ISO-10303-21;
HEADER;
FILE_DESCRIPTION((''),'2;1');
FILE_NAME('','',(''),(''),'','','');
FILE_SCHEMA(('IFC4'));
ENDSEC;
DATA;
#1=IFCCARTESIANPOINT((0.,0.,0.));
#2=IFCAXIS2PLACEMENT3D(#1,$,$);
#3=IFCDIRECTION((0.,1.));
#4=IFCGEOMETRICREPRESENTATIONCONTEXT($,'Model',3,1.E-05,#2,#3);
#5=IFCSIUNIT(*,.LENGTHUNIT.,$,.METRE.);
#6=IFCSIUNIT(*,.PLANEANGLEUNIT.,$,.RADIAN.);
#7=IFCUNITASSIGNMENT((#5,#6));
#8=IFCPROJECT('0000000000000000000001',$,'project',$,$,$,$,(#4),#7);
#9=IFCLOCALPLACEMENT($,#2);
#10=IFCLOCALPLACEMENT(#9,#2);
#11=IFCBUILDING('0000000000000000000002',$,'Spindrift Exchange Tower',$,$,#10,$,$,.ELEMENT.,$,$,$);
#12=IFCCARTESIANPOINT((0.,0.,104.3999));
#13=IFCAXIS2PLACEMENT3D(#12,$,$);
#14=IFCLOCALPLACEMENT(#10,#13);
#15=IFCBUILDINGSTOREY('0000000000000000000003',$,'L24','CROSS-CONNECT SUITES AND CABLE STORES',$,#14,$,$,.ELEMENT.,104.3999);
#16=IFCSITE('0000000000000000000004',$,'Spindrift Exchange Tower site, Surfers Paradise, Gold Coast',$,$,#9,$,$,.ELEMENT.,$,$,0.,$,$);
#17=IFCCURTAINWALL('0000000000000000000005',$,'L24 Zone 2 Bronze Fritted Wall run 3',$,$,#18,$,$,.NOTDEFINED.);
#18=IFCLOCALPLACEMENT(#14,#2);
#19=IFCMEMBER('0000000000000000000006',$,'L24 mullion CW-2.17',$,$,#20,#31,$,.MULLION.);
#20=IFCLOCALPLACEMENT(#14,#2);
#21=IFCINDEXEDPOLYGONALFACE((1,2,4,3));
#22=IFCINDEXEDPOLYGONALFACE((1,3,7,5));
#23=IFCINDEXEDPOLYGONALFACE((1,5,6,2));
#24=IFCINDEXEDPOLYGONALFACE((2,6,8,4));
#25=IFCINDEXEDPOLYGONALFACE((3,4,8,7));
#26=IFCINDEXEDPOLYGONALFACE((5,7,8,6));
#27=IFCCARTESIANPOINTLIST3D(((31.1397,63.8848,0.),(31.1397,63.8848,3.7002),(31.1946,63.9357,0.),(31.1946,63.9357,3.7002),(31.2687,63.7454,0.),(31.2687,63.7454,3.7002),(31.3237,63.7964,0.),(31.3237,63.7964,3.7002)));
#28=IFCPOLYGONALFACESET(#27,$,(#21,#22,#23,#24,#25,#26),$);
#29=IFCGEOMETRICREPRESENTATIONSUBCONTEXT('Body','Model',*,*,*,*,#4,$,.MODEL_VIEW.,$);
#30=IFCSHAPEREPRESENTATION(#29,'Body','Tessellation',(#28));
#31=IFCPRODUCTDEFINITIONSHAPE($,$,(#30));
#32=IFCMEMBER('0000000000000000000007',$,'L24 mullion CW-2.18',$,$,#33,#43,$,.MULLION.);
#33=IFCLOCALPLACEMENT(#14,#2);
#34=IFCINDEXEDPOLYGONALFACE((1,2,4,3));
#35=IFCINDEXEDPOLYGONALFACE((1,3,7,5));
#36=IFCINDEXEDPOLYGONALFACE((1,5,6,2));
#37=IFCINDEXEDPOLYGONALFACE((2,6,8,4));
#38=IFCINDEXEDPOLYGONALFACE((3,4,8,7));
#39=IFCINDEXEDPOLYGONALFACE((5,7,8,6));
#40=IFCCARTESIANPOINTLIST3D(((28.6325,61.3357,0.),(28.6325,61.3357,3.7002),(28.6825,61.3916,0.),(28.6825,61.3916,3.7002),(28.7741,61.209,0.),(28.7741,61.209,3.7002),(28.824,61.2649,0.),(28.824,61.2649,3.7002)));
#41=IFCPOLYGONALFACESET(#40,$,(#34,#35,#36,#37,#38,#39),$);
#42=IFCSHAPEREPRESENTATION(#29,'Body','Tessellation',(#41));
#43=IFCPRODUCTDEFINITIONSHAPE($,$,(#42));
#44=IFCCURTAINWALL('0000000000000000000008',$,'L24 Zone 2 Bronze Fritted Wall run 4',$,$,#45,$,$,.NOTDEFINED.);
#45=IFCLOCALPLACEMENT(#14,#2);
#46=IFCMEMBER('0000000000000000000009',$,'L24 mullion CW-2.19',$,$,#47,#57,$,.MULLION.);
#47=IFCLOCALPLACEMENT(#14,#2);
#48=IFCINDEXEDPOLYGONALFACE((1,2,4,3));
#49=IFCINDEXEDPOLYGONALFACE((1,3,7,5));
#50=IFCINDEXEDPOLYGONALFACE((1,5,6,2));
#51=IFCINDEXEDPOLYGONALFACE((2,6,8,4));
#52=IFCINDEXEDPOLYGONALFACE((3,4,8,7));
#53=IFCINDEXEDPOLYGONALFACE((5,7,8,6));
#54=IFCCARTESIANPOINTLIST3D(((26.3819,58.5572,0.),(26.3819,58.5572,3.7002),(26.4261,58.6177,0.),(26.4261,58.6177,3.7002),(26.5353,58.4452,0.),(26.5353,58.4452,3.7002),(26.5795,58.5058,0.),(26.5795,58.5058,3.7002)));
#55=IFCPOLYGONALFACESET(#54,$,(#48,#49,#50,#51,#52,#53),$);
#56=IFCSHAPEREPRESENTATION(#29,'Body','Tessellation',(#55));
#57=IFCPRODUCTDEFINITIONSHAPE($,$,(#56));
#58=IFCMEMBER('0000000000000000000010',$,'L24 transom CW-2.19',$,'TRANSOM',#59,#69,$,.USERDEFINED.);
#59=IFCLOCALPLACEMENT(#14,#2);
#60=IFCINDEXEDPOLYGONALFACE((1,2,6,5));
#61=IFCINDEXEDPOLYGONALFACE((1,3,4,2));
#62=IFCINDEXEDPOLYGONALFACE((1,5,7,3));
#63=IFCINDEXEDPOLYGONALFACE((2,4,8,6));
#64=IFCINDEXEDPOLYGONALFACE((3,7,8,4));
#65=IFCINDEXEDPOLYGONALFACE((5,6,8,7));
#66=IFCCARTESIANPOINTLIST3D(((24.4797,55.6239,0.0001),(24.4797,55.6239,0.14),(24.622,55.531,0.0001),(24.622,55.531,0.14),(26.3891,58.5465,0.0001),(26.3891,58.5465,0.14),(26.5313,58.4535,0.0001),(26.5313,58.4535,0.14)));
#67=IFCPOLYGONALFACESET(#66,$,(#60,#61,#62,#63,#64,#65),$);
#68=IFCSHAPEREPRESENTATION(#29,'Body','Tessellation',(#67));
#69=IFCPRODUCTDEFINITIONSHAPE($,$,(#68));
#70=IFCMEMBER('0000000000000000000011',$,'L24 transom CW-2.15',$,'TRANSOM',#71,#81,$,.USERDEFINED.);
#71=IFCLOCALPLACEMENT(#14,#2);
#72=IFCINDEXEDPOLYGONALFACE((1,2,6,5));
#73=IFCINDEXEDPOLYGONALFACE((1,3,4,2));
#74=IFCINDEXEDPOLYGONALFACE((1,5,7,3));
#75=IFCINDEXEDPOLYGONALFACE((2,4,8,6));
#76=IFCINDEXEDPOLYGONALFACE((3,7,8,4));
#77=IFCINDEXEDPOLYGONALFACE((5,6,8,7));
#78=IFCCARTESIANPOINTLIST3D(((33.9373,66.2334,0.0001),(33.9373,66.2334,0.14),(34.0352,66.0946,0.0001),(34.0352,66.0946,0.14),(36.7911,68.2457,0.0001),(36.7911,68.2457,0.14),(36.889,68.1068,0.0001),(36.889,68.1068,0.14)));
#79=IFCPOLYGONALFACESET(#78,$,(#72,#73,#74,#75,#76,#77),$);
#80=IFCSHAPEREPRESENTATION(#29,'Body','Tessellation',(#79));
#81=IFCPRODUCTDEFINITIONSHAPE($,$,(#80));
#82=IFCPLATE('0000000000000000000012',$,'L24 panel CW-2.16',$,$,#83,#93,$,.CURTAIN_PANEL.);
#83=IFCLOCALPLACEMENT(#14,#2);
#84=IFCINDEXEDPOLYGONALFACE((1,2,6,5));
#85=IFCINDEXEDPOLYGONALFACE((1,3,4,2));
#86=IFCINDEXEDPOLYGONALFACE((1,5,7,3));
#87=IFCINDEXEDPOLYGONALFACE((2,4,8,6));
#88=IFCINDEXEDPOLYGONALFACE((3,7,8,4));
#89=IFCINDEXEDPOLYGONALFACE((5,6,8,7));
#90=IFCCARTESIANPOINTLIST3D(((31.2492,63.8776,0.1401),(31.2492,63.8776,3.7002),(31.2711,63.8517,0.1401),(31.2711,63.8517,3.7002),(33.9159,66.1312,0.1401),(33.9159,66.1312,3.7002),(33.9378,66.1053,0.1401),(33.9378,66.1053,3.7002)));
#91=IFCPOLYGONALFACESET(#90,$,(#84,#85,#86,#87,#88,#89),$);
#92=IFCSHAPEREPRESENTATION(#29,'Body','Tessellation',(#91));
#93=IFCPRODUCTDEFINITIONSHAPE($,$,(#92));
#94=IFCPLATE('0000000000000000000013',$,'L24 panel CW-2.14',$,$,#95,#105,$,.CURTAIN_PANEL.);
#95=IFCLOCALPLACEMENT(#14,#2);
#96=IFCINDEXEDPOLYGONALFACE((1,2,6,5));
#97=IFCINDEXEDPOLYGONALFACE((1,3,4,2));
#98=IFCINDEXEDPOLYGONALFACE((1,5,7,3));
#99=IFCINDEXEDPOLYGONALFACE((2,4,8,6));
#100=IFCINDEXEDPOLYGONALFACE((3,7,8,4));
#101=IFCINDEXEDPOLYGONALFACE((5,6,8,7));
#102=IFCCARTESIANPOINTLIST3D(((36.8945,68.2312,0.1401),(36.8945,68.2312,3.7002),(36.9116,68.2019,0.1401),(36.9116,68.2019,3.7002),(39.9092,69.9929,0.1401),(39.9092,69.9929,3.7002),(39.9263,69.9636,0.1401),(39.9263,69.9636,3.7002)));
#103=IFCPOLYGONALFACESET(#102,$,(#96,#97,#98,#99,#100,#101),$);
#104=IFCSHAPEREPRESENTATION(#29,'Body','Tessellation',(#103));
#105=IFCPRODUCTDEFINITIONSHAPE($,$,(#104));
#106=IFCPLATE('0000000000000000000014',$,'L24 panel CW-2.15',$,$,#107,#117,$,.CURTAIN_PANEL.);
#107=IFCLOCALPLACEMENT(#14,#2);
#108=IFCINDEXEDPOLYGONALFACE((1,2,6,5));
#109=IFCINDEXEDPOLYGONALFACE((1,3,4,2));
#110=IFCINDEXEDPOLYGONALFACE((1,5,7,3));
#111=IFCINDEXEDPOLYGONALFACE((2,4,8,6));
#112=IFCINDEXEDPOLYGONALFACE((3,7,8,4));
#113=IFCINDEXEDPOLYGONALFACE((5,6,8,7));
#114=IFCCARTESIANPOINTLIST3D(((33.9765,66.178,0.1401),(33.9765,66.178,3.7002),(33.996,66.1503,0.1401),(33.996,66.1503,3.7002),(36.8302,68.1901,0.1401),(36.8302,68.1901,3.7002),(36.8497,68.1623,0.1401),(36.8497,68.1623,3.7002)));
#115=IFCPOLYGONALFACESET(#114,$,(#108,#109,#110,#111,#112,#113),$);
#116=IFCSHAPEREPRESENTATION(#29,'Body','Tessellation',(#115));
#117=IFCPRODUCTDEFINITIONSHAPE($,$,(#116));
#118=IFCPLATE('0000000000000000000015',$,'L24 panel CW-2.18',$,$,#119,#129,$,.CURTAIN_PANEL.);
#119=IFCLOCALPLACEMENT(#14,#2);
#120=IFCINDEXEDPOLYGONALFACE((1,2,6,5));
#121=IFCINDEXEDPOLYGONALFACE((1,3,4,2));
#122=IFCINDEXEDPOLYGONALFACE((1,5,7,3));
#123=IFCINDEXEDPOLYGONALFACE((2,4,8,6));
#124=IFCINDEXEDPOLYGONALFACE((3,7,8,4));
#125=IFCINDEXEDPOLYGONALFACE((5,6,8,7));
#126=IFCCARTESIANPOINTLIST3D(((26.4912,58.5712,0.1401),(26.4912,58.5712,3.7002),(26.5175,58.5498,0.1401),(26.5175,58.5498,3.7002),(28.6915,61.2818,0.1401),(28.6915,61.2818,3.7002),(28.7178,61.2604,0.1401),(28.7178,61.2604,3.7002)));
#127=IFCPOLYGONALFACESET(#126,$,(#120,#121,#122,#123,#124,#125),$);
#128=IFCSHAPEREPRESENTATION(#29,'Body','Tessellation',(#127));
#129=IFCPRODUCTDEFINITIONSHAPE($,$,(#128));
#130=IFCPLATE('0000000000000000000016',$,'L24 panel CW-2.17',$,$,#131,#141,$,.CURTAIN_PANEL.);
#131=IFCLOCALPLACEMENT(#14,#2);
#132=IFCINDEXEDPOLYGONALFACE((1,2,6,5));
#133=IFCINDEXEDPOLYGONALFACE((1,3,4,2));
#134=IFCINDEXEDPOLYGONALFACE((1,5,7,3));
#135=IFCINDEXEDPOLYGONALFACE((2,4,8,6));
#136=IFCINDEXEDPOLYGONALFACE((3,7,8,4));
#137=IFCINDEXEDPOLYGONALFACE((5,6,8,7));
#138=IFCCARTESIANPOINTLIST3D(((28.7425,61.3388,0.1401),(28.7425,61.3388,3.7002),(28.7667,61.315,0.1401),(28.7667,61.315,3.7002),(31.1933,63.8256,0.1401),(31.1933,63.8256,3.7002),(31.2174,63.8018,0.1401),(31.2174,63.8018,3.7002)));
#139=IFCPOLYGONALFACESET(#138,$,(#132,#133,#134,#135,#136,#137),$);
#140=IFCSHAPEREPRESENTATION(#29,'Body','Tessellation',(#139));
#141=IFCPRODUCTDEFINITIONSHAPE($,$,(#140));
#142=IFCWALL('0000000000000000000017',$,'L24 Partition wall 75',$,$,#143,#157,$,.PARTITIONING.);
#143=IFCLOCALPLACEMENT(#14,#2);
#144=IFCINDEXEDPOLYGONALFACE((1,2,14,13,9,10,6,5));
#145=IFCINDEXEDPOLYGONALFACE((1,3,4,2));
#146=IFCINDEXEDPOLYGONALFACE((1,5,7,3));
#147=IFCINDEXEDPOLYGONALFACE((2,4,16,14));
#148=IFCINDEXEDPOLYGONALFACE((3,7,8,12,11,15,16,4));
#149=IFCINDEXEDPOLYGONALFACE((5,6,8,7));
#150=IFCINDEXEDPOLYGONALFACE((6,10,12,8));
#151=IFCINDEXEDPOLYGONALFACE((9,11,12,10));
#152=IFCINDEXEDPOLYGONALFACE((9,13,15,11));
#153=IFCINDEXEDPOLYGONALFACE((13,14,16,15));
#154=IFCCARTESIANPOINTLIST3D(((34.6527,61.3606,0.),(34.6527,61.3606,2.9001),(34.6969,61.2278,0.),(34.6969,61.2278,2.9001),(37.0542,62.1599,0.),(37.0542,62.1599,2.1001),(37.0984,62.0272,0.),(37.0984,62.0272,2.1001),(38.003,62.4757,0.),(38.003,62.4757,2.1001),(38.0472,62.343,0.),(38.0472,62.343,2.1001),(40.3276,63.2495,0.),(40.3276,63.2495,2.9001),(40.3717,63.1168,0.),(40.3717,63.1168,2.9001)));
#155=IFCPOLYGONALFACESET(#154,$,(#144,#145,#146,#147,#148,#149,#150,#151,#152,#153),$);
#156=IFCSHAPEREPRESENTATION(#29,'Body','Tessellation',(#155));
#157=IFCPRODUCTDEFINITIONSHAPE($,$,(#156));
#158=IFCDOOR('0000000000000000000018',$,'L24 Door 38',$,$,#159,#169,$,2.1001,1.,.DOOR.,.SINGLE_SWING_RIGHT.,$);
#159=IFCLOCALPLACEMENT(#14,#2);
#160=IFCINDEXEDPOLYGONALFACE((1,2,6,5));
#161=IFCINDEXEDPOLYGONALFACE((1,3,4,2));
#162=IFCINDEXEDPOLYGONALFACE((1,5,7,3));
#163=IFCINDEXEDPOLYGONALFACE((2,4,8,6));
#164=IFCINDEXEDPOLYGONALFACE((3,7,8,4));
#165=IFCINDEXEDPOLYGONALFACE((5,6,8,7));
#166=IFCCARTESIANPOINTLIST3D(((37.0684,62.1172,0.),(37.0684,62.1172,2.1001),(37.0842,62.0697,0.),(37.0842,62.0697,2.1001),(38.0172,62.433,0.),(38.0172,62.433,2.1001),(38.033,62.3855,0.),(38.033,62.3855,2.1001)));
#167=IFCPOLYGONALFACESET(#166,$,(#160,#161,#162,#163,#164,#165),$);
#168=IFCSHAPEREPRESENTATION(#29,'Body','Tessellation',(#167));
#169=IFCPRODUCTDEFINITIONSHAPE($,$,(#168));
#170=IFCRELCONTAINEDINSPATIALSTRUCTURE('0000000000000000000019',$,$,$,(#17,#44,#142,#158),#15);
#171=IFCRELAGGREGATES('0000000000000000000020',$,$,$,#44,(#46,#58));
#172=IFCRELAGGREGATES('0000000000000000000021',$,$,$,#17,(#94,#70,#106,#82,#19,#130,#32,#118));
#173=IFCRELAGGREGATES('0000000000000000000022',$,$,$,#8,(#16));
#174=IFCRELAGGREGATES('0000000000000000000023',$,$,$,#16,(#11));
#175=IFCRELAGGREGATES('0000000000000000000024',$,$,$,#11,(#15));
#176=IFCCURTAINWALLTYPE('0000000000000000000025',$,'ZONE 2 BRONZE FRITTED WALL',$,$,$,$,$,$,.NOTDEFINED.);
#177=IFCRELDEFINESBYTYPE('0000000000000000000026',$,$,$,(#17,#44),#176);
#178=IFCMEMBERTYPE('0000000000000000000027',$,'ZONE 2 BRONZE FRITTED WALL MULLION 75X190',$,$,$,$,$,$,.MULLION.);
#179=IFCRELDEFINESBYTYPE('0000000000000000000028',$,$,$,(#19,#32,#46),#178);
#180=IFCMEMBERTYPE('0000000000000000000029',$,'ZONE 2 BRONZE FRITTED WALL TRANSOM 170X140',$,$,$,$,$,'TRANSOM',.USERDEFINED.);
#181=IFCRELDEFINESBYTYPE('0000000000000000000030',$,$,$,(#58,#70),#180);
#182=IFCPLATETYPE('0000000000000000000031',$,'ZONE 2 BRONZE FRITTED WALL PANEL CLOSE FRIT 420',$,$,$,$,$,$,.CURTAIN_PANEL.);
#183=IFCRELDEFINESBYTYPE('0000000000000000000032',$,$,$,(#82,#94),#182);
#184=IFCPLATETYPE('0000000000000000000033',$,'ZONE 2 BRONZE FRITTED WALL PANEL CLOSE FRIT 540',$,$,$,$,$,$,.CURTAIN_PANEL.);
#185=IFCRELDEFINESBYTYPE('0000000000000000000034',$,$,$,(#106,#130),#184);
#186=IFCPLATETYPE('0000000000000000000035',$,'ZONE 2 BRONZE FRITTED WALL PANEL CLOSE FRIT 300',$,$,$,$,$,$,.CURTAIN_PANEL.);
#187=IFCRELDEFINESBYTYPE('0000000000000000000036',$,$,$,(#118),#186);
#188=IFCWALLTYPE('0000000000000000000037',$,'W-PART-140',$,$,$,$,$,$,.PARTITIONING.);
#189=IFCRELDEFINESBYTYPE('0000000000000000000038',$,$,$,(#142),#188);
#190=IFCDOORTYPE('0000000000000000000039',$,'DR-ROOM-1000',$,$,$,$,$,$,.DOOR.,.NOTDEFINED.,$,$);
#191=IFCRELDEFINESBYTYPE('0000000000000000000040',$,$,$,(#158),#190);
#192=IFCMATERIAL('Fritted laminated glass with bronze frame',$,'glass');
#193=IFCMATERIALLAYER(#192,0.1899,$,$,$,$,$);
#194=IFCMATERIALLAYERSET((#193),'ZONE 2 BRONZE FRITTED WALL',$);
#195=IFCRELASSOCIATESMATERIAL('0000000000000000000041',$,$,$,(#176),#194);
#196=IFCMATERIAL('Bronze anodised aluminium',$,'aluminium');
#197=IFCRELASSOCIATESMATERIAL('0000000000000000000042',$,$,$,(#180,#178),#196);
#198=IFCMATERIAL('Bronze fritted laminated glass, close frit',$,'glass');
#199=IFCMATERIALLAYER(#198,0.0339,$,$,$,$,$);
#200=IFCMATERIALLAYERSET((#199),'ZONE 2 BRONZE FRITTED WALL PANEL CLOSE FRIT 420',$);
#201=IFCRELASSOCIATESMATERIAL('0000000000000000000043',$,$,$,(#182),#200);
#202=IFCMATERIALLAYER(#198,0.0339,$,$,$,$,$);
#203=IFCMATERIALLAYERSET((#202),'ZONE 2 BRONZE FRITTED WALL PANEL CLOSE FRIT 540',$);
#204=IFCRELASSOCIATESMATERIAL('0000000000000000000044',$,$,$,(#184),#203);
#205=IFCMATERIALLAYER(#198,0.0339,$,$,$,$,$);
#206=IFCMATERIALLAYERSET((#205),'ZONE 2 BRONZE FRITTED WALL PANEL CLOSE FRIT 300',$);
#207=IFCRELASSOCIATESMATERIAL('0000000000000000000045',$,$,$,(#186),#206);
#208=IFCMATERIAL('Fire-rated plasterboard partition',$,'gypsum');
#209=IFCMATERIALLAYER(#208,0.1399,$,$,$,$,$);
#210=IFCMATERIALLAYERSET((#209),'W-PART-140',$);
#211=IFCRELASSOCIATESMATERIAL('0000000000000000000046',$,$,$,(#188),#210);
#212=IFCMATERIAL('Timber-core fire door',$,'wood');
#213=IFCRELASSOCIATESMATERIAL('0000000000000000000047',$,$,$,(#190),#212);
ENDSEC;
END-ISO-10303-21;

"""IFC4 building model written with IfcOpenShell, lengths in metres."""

from ifc_helpers import new_model, si_unit, direction, frame, frame_2d, origin, origin_2d, place, context, subcontext, project, spatial, rectangle, extrude, source, transform, mapped, material, layer, layer_set, material_profile, profile_set, type_object, element, fill, aggregate, save


model = new_model("IFC4")

# Units and contexts
model_context = context("Model", 3, precision=1e-05, world=origin(), true_north=direction((0.0, 1.0)))
body_context = subcontext(model_context, "Body", "Model", "MODEL_VIEW")
ifc_project = project(units=[si_unit("LENGTHUNIT", "METRE"), si_unit("PLANEANGLEUNIT", "RADIAN")], contexts=[model_context])

# Site, building, storey
site_placement = place(None, origin())
site = spatial("IfcSite", under=ifc_project, at=site_placement, Name="Spindrift Exchange Tower site, Surfers Paradise, Gold Coast", CompositionType="ELEMENT", RefElevation=0.0)
building_placement = place(site_placement, origin())
building = spatial("IfcBuilding", under=site, at=building_placement, Name="Spindrift Exchange Tower", CompositionType="ELEMENT")
storey_placement = place(building_placement, frame((0.0, 0.0, 104.3999)))
storey = spatial("IfcBuildingStorey", under=building, at=storey_placement, Name="L24", Description="CROSS-CONNECT SUITES AND CABLE STORES", CompositionType="ELEMENT", Elevation=104.3999)

# Curtain walls, members
ifc_material_1 = material(Name="Fritted laminated glass with bronze frame", Category="glass")
ifc_layer_1 = layer(ifc_material_1, 0.1899)
ifc_layer_set_1 = layer_set([ifc_layer_1], Name="ZONE 2 BRONZE FRITTED WALL")
curtain_wall_type = type_object("IfcCurtainWallType", Name="ZONE 2 BRONZE FRITTED WALL", PredefinedType="NOTDEFINED", material=ifc_layer_set_1)
curtain_wall_1_placement = place(storey_placement, origin())
curtain_wall_1 = element("IfcCurtainWall", 1, at=curtain_wall_1_placement, inside=storey, type_object=curtain_wall_type, Name="L24 Zone 2 Bronze Fritted Wall run 3", PredefinedType="NOTDEFINED")
ifc_material_2 = material(Name="Bronze anodised aluminium", Category="aluminium")
ifc_material_profile_1 = material_profile(ifc_material_2, rectangle(XDim=0.1699, YDim=0.1399, at=origin_2d()), Name="ZONE 2 BRONZE FRITTED WALL TRANSOM 170X140")
ifc_profile_set_1 = profile_set([ifc_material_profile_1], Name="Bronze anodised aluminium")
member_type_1 = type_object("IfcMemberType", Name="ZONE 2 BRONZE FRITTED WALL TRANSOM 170X140", ElementType="TRANSOM", PredefinedType="USERDEFINED", material=ifc_profile_set_1)
ifc_material_profile_2 = material_profile(ifc_material_2, rectangle(XDim=0.075, YDim=0.1899, at=origin_2d()), Name="ZONE 2 BRONZE FRITTED WALL MULLION 75X190")
ifc_profile_set_2 = profile_set([ifc_material_profile_2], Name="Bronze anodised aluminium")
member_type_2 = type_object("IfcMemberType", Name="ZONE 2 BRONZE FRITTED WALL MULLION 75X190", PredefinedType="MULLION", material=ifc_profile_set_2)
shared_shape_1 = source(origin(), body_context, "Body", "SweptSolid", [
    extrude(rectangle(XDim=0.075, YDim=0.1899, at=origin_2d()), origin(), (0.0, 0.0, 1.0), 3.7002),
])
member_1_placement = place(storey_placement, frame((31.2317, 63.8406, 0.0), z_axis=(0.0, 0.0, 1.0), x_axis=(-0.733626, -0.679553, 0.0)))
member_1 = element("IfcMember", 2, at=member_1_placement, type_object=member_type_2, Name="L24 mullion CW-2.17", PredefinedType="MULLION", context=body_context, shape_type="MappedRepresentation", body=[
    mapped(shared_shape_1, transform((0.0, 0.0, 0.0), scale=1.0)),
])
member_2_placement = place(storey_placement, frame((28.7283, 61.3003, 0.0), z_axis=(0.0, 0.0, 1.0), x_axis=(-0.666853, -0.74519, 0.0)))
member_2 = element("IfcMember", 3, at=member_2_placement, type_object=member_type_2, Name="L24 mullion CW-2.18", PredefinedType="MULLION", context=body_context, shape_type="MappedRepresentation", body=[
    mapped(shared_shape_1, transform((0.0, 0.0, 0.0), scale=1.0)),
])
curtain_wall_2_placement = place(storey_placement, origin())
curtain_wall_2 = element("IfcCurtainWall", 4, at=curtain_wall_2_placement, inside=storey, type_object=curtain_wall_type, Name="L24 Zone 2 Bronze Fritted Wall run 4", PredefinedType="NOTDEFINED")
member_3_placement = place(storey_placement, frame((26.4807, 58.5315, 0.0), z_axis=(0.0, 0.0, 1.0), x_axis=(-0.589368, -0.807864, 0.0)))
member_3 = element("IfcMember", 5, at=member_3_placement, type_object=member_type_2, Name="L24 mullion CW-2.19", PredefinedType="MULLION", context=body_context, shape_type="MappedRepresentation", body=[
    mapped(shared_shape_1, transform((0.0, 0.0, 0.0), scale=1.0)),
])
shared_shape_2 = source(origin(), body_context, "Body", "SweptSolid", [
    extrude(rectangle(XDim=0.1699, YDim=0.1399, at=origin_2d()), origin(), (0.0, 0.0, 1.0), 3.491),
])
member_4_placement = place(storey_placement, frame((26.4602, 58.5, 0.0701), z_axis=(-0.546946, -0.837168, 0.0), x_axis=(0.837168, -0.546946, 0.0)))
member_4 = element("IfcMember", 6, at=member_4_placement, type_object=member_type_1, Name="L24 transom CW-2.19", ObjectType="TRANSOM", PredefinedType="USERDEFINED", context=body_context, shape_type="MappedRepresentation", body=[
    mapped(shared_shape_2, transform((0.0, 0.0, 0.0), scale=1.0)),
])
aggregate(curtain_wall_2, [member_3, member_4])

# Member
shared_shape_3 = source(origin(), body_context, "Body", "SweptSolid", [
    extrude(rectangle(XDim=0.1699, YDim=0.1399, at=origin_2d()), origin(), (0.0, 0.0, 1.0), 3.4919),
])
member_5_placement = place(storey_placement, frame((36.8401, 68.1763, 0.0701), z_axis=(-0.817266, -0.57626, 0.0), x_axis=(0.57626, -0.817266, 0.0)))
member_5 = element("IfcMember", 7, at=member_5_placement, type_object=member_type_1, Name="L24 transom CW-2.15", ObjectType="TRANSOM", PredefinedType="USERDEFINED", context=body_context, shape_type="MappedRepresentation", body=[
    mapped(shared_shape_3, transform((0.0, 0.0, 0.0), scale=1.0)),
])

# Plates
ifc_material_3 = material(Name="Bronze fritted laminated glass, close frit", Category="glass")
ifc_layer_2 = layer(ifc_material_3, 0.0339)
ifc_layer_set_2 = layer_set([ifc_layer_2], Name="ZONE 2 BRONZE FRITTED WALL PANEL CLOSE FRIT 420")
plate_type_1 = type_object("IfcPlateType", Name="ZONE 2 BRONZE FRITTED WALL PANEL CLOSE FRIT 420", PredefinedType="CURTAIN_PANEL", material=ifc_layer_set_2)
shared_shape_4 = source(origin(), body_context, "Body", "SweptSolid", [
    extrude(rectangle(XDim=3.4915, YDim=0.0339, at=origin_2d()), origin(), (0.0, 0.0, 1.0), 3.5601),
])
plate_1_placement = place(storey_placement, frame((32.5935, 64.9915, 0.1401), z_axis=(0.0, 0.0, 1.0), x_axis=(-0.763802, -0.645451, 0.0)))
plate_1 = element("IfcPlate", 8, at=plate_1_placement, type_object=plate_type_1, Name="L24 panel CW-2.16", PredefinedType="CURTAIN_PANEL", context=body_context, shape_type="MappedRepresentation", body=[
    mapped(shared_shape_4, transform((0.0, 0.0, 0.0), scale=1.0)),
])
shared_shape_5 = source(origin(), body_context, "Body", "SweptSolid", [
    extrude(rectangle(XDim=3.4917, YDim=0.0339, at=origin_2d()), origin(), (0.0, 0.0, 1.0), 3.5601),
])
plate_2_placement = place(storey_placement, frame((38.4104, 69.0974, 0.1401), z_axis=(0.0, 0.0, 1.0), x_axis=(-0.86339, -0.504537, 0.0)))
plate_2 = element("IfcPlate", 9, at=plate_2_placement, type_object=plate_type_1, Name="L24 panel CW-2.14", PredefinedType="CURTAIN_PANEL", context=body_context, shape_type="MappedRepresentation", body=[
    mapped(shared_shape_5, transform((0.0, 0.0, 0.0), scale=1.0)),
])
ifc_layer_3 = layer(ifc_material_3, 0.0339)
ifc_layer_set_3 = layer_set([ifc_layer_3], Name="ZONE 2 BRONZE FRITTED WALL PANEL CLOSE FRIT 540")
plate_type_2 = type_object("IfcPlateType", Name="ZONE 2 BRONZE FRITTED WALL PANEL CLOSE FRIT 540", PredefinedType="CURTAIN_PANEL", material=ifc_layer_set_3)
shared_shape_6 = source(origin(), body_context, "Body", "SweptSolid", [
    extrude(rectangle(XDim=3.4917, YDim=0.0339, at=origin_2d()), origin(), (0.0, 0.0, 1.0), 3.5601),
])
plate_3_placement = place(storey_placement, frame((35.4131, 67.1702, 0.1401), z_axis=(0.0, 0.0, 1.0), x_axis=(-0.817278, -0.576244, 0.0)))
plate_3 = element("IfcPlate", 10, at=plate_3_placement, type_object=plate_type_2, Name="L24 panel CW-2.15", PredefinedType="CURTAIN_PANEL", context=body_context, shape_type="MappedRepresentation", body=[
    mapped(shared_shape_6, transform((0.0, 0.0, 0.0), scale=1.0)),
])
ifc_layer_4 = layer(ifc_material_3, 0.0339)
ifc_layer_set_4 = layer_set([ifc_layer_4], Name="ZONE 2 BRONZE FRITTED WALL PANEL CLOSE FRIT 300")
plate_type_3 = type_object("IfcPlateType", Name="ZONE 2 BRONZE FRITTED WALL PANEL CLOSE FRIT 300", PredefinedType="CURTAIN_PANEL", material=ifc_layer_set_4)
shared_shape_7 = source(origin(), body_context, "Body", "SweptSolid", [
    extrude(rectangle(XDim=3.4912, YDim=0.0339, at=origin_2d()), origin(), (0.0, 0.0, 1.0), 3.5601),
])
plate_4_placement = place(storey_placement, frame((27.6045, 59.9158, 0.1401), z_axis=(0.0, 0.0, 1.0), x_axis=(-0.630233, -0.776406, 0.0)))
plate_4 = element("IfcPlate", 11, at=plate_4_placement, type_object=plate_type_3, Name="L24 panel CW-2.18", PredefinedType="CURTAIN_PANEL", context=body_context, shape_type="MappedRepresentation", body=[
    mapped(shared_shape_7, transform((0.0, 0.0, 0.0), scale=1.0)),
])
shared_shape_8 = source(origin(), body_context, "Body", "SweptSolid", [
    extrude(rectangle(XDim=3.4915, YDim=0.0339, at=origin_2d()), origin(), (0.0, 0.0, 1.0), 3.5601),
])
plate_5_placement = place(storey_placement, frame((29.98, 62.5703, 0.1401), z_axis=(0.0, 0.0, 1.0), x_axis=(-0.701929, -0.712247, 0.0)))
plate_5 = element("IfcPlate", 12, at=plate_5_placement, type_object=plate_type_2, Name="L24 panel CW-2.17", PredefinedType="CURTAIN_PANEL", context=body_context, shape_type="MappedRepresentation", body=[
    mapped(shared_shape_8, transform((0.0, 0.0, 0.0), scale=1.0)),
])
aggregate(curtain_wall_1, [plate_2, member_5, plate_3, plate_1, member_1, plate_5, member_2, plate_4])

# Wall, opening, door
ifc_material_4 = material(Name="Fire-rated plasterboard partition", Category="gypsum")
ifc_layer_5 = layer(ifc_material_4, 0.1399)
ifc_layer_set_5 = layer_set([ifc_layer_5], Name="W-PART-140")
wall_type_1 = type_object("IfcWallType", Name="W-PART-140", PredefinedType="PARTITIONING", material=ifc_layer_set_5)
wall_1_placement = place(storey_placement, frame((34.6748, 61.2942, 0.0), z_axis=(0.0, 0.0, 1.0), x_axis=(0.948818, 0.315824, 0.0)))
wall_1 = element("IfcWall", 13, at=wall_1_placement, inside=storey, type_object=wall_type_1, Name="L24 Partition wall 75", PredefinedType="PARTITIONING", context=body_context, shape_type="SweptSolid", body=[
    extrude(rectangle(XDim=5.981, YDim=0.1399, at=frame_2d((2.9905, 0.0))), origin(), (0.0, 0.0, 1.0), 2.9001),
])
opening_1_placement = place(wall_1_placement, frame((2.531, 0.0, 0.0)))
opening_1 = element("IfcOpeningElement", 14, at=opening_1_placement, cuts=wall_1, PredefinedType="OPENING", context=body_context, shape_type="SweptSolid", body=[
    extrude(rectangle(XDim=1.0, YDim=2.1001, at=frame_2d((0.5, 1.05))), frame((0.0, 0.0798, 0.0), z_axis=(0.0, -1.0, 0.0), x_axis=(1.0, 0.0, 0.0)), (0.0, 0.0, 1.0), 0.1599),
])
ifc_material_5 = material(Name="Timber-core fire door", Category="wood")
door_type = type_object("IfcDoorType", Name="DR-ROOM-1000", OperationType="NOTDEFINED", PredefinedType="DOOR", material=ifc_material_5)
shared_shape_9 = source(origin(), body_context, "Body", "SweptSolid", [
    extrude(rectangle(XDim=1.0, YDim=2.1001, at=frame_2d((0.5, 1.05))), frame((0.0, 0.0249, 0.0), z_axis=(0.0, -1.0, 0.0), x_axis=(1.0, 0.0, 0.0)), (0.0, 0.0, 1.0), 0.05),
])
door_1_placement = place(opening_1_placement, origin())
door_1 = element("IfcDoor", 15, at=door_1_placement, inside=storey, type_object=door_type, Name="L24 Door 38", OperationType="SINGLE_SWING_RIGHT", OverallHeight=2.1001, OverallWidth=1.0, PredefinedType="DOOR", context=body_context, shape_type="MappedRepresentation", body=[
    mapped(shared_shape_9, transform((0.0, 0.0, 0.0), scale=1.0)),
])
fill(opening_1, door_1)

save(model, "model.ifc")
